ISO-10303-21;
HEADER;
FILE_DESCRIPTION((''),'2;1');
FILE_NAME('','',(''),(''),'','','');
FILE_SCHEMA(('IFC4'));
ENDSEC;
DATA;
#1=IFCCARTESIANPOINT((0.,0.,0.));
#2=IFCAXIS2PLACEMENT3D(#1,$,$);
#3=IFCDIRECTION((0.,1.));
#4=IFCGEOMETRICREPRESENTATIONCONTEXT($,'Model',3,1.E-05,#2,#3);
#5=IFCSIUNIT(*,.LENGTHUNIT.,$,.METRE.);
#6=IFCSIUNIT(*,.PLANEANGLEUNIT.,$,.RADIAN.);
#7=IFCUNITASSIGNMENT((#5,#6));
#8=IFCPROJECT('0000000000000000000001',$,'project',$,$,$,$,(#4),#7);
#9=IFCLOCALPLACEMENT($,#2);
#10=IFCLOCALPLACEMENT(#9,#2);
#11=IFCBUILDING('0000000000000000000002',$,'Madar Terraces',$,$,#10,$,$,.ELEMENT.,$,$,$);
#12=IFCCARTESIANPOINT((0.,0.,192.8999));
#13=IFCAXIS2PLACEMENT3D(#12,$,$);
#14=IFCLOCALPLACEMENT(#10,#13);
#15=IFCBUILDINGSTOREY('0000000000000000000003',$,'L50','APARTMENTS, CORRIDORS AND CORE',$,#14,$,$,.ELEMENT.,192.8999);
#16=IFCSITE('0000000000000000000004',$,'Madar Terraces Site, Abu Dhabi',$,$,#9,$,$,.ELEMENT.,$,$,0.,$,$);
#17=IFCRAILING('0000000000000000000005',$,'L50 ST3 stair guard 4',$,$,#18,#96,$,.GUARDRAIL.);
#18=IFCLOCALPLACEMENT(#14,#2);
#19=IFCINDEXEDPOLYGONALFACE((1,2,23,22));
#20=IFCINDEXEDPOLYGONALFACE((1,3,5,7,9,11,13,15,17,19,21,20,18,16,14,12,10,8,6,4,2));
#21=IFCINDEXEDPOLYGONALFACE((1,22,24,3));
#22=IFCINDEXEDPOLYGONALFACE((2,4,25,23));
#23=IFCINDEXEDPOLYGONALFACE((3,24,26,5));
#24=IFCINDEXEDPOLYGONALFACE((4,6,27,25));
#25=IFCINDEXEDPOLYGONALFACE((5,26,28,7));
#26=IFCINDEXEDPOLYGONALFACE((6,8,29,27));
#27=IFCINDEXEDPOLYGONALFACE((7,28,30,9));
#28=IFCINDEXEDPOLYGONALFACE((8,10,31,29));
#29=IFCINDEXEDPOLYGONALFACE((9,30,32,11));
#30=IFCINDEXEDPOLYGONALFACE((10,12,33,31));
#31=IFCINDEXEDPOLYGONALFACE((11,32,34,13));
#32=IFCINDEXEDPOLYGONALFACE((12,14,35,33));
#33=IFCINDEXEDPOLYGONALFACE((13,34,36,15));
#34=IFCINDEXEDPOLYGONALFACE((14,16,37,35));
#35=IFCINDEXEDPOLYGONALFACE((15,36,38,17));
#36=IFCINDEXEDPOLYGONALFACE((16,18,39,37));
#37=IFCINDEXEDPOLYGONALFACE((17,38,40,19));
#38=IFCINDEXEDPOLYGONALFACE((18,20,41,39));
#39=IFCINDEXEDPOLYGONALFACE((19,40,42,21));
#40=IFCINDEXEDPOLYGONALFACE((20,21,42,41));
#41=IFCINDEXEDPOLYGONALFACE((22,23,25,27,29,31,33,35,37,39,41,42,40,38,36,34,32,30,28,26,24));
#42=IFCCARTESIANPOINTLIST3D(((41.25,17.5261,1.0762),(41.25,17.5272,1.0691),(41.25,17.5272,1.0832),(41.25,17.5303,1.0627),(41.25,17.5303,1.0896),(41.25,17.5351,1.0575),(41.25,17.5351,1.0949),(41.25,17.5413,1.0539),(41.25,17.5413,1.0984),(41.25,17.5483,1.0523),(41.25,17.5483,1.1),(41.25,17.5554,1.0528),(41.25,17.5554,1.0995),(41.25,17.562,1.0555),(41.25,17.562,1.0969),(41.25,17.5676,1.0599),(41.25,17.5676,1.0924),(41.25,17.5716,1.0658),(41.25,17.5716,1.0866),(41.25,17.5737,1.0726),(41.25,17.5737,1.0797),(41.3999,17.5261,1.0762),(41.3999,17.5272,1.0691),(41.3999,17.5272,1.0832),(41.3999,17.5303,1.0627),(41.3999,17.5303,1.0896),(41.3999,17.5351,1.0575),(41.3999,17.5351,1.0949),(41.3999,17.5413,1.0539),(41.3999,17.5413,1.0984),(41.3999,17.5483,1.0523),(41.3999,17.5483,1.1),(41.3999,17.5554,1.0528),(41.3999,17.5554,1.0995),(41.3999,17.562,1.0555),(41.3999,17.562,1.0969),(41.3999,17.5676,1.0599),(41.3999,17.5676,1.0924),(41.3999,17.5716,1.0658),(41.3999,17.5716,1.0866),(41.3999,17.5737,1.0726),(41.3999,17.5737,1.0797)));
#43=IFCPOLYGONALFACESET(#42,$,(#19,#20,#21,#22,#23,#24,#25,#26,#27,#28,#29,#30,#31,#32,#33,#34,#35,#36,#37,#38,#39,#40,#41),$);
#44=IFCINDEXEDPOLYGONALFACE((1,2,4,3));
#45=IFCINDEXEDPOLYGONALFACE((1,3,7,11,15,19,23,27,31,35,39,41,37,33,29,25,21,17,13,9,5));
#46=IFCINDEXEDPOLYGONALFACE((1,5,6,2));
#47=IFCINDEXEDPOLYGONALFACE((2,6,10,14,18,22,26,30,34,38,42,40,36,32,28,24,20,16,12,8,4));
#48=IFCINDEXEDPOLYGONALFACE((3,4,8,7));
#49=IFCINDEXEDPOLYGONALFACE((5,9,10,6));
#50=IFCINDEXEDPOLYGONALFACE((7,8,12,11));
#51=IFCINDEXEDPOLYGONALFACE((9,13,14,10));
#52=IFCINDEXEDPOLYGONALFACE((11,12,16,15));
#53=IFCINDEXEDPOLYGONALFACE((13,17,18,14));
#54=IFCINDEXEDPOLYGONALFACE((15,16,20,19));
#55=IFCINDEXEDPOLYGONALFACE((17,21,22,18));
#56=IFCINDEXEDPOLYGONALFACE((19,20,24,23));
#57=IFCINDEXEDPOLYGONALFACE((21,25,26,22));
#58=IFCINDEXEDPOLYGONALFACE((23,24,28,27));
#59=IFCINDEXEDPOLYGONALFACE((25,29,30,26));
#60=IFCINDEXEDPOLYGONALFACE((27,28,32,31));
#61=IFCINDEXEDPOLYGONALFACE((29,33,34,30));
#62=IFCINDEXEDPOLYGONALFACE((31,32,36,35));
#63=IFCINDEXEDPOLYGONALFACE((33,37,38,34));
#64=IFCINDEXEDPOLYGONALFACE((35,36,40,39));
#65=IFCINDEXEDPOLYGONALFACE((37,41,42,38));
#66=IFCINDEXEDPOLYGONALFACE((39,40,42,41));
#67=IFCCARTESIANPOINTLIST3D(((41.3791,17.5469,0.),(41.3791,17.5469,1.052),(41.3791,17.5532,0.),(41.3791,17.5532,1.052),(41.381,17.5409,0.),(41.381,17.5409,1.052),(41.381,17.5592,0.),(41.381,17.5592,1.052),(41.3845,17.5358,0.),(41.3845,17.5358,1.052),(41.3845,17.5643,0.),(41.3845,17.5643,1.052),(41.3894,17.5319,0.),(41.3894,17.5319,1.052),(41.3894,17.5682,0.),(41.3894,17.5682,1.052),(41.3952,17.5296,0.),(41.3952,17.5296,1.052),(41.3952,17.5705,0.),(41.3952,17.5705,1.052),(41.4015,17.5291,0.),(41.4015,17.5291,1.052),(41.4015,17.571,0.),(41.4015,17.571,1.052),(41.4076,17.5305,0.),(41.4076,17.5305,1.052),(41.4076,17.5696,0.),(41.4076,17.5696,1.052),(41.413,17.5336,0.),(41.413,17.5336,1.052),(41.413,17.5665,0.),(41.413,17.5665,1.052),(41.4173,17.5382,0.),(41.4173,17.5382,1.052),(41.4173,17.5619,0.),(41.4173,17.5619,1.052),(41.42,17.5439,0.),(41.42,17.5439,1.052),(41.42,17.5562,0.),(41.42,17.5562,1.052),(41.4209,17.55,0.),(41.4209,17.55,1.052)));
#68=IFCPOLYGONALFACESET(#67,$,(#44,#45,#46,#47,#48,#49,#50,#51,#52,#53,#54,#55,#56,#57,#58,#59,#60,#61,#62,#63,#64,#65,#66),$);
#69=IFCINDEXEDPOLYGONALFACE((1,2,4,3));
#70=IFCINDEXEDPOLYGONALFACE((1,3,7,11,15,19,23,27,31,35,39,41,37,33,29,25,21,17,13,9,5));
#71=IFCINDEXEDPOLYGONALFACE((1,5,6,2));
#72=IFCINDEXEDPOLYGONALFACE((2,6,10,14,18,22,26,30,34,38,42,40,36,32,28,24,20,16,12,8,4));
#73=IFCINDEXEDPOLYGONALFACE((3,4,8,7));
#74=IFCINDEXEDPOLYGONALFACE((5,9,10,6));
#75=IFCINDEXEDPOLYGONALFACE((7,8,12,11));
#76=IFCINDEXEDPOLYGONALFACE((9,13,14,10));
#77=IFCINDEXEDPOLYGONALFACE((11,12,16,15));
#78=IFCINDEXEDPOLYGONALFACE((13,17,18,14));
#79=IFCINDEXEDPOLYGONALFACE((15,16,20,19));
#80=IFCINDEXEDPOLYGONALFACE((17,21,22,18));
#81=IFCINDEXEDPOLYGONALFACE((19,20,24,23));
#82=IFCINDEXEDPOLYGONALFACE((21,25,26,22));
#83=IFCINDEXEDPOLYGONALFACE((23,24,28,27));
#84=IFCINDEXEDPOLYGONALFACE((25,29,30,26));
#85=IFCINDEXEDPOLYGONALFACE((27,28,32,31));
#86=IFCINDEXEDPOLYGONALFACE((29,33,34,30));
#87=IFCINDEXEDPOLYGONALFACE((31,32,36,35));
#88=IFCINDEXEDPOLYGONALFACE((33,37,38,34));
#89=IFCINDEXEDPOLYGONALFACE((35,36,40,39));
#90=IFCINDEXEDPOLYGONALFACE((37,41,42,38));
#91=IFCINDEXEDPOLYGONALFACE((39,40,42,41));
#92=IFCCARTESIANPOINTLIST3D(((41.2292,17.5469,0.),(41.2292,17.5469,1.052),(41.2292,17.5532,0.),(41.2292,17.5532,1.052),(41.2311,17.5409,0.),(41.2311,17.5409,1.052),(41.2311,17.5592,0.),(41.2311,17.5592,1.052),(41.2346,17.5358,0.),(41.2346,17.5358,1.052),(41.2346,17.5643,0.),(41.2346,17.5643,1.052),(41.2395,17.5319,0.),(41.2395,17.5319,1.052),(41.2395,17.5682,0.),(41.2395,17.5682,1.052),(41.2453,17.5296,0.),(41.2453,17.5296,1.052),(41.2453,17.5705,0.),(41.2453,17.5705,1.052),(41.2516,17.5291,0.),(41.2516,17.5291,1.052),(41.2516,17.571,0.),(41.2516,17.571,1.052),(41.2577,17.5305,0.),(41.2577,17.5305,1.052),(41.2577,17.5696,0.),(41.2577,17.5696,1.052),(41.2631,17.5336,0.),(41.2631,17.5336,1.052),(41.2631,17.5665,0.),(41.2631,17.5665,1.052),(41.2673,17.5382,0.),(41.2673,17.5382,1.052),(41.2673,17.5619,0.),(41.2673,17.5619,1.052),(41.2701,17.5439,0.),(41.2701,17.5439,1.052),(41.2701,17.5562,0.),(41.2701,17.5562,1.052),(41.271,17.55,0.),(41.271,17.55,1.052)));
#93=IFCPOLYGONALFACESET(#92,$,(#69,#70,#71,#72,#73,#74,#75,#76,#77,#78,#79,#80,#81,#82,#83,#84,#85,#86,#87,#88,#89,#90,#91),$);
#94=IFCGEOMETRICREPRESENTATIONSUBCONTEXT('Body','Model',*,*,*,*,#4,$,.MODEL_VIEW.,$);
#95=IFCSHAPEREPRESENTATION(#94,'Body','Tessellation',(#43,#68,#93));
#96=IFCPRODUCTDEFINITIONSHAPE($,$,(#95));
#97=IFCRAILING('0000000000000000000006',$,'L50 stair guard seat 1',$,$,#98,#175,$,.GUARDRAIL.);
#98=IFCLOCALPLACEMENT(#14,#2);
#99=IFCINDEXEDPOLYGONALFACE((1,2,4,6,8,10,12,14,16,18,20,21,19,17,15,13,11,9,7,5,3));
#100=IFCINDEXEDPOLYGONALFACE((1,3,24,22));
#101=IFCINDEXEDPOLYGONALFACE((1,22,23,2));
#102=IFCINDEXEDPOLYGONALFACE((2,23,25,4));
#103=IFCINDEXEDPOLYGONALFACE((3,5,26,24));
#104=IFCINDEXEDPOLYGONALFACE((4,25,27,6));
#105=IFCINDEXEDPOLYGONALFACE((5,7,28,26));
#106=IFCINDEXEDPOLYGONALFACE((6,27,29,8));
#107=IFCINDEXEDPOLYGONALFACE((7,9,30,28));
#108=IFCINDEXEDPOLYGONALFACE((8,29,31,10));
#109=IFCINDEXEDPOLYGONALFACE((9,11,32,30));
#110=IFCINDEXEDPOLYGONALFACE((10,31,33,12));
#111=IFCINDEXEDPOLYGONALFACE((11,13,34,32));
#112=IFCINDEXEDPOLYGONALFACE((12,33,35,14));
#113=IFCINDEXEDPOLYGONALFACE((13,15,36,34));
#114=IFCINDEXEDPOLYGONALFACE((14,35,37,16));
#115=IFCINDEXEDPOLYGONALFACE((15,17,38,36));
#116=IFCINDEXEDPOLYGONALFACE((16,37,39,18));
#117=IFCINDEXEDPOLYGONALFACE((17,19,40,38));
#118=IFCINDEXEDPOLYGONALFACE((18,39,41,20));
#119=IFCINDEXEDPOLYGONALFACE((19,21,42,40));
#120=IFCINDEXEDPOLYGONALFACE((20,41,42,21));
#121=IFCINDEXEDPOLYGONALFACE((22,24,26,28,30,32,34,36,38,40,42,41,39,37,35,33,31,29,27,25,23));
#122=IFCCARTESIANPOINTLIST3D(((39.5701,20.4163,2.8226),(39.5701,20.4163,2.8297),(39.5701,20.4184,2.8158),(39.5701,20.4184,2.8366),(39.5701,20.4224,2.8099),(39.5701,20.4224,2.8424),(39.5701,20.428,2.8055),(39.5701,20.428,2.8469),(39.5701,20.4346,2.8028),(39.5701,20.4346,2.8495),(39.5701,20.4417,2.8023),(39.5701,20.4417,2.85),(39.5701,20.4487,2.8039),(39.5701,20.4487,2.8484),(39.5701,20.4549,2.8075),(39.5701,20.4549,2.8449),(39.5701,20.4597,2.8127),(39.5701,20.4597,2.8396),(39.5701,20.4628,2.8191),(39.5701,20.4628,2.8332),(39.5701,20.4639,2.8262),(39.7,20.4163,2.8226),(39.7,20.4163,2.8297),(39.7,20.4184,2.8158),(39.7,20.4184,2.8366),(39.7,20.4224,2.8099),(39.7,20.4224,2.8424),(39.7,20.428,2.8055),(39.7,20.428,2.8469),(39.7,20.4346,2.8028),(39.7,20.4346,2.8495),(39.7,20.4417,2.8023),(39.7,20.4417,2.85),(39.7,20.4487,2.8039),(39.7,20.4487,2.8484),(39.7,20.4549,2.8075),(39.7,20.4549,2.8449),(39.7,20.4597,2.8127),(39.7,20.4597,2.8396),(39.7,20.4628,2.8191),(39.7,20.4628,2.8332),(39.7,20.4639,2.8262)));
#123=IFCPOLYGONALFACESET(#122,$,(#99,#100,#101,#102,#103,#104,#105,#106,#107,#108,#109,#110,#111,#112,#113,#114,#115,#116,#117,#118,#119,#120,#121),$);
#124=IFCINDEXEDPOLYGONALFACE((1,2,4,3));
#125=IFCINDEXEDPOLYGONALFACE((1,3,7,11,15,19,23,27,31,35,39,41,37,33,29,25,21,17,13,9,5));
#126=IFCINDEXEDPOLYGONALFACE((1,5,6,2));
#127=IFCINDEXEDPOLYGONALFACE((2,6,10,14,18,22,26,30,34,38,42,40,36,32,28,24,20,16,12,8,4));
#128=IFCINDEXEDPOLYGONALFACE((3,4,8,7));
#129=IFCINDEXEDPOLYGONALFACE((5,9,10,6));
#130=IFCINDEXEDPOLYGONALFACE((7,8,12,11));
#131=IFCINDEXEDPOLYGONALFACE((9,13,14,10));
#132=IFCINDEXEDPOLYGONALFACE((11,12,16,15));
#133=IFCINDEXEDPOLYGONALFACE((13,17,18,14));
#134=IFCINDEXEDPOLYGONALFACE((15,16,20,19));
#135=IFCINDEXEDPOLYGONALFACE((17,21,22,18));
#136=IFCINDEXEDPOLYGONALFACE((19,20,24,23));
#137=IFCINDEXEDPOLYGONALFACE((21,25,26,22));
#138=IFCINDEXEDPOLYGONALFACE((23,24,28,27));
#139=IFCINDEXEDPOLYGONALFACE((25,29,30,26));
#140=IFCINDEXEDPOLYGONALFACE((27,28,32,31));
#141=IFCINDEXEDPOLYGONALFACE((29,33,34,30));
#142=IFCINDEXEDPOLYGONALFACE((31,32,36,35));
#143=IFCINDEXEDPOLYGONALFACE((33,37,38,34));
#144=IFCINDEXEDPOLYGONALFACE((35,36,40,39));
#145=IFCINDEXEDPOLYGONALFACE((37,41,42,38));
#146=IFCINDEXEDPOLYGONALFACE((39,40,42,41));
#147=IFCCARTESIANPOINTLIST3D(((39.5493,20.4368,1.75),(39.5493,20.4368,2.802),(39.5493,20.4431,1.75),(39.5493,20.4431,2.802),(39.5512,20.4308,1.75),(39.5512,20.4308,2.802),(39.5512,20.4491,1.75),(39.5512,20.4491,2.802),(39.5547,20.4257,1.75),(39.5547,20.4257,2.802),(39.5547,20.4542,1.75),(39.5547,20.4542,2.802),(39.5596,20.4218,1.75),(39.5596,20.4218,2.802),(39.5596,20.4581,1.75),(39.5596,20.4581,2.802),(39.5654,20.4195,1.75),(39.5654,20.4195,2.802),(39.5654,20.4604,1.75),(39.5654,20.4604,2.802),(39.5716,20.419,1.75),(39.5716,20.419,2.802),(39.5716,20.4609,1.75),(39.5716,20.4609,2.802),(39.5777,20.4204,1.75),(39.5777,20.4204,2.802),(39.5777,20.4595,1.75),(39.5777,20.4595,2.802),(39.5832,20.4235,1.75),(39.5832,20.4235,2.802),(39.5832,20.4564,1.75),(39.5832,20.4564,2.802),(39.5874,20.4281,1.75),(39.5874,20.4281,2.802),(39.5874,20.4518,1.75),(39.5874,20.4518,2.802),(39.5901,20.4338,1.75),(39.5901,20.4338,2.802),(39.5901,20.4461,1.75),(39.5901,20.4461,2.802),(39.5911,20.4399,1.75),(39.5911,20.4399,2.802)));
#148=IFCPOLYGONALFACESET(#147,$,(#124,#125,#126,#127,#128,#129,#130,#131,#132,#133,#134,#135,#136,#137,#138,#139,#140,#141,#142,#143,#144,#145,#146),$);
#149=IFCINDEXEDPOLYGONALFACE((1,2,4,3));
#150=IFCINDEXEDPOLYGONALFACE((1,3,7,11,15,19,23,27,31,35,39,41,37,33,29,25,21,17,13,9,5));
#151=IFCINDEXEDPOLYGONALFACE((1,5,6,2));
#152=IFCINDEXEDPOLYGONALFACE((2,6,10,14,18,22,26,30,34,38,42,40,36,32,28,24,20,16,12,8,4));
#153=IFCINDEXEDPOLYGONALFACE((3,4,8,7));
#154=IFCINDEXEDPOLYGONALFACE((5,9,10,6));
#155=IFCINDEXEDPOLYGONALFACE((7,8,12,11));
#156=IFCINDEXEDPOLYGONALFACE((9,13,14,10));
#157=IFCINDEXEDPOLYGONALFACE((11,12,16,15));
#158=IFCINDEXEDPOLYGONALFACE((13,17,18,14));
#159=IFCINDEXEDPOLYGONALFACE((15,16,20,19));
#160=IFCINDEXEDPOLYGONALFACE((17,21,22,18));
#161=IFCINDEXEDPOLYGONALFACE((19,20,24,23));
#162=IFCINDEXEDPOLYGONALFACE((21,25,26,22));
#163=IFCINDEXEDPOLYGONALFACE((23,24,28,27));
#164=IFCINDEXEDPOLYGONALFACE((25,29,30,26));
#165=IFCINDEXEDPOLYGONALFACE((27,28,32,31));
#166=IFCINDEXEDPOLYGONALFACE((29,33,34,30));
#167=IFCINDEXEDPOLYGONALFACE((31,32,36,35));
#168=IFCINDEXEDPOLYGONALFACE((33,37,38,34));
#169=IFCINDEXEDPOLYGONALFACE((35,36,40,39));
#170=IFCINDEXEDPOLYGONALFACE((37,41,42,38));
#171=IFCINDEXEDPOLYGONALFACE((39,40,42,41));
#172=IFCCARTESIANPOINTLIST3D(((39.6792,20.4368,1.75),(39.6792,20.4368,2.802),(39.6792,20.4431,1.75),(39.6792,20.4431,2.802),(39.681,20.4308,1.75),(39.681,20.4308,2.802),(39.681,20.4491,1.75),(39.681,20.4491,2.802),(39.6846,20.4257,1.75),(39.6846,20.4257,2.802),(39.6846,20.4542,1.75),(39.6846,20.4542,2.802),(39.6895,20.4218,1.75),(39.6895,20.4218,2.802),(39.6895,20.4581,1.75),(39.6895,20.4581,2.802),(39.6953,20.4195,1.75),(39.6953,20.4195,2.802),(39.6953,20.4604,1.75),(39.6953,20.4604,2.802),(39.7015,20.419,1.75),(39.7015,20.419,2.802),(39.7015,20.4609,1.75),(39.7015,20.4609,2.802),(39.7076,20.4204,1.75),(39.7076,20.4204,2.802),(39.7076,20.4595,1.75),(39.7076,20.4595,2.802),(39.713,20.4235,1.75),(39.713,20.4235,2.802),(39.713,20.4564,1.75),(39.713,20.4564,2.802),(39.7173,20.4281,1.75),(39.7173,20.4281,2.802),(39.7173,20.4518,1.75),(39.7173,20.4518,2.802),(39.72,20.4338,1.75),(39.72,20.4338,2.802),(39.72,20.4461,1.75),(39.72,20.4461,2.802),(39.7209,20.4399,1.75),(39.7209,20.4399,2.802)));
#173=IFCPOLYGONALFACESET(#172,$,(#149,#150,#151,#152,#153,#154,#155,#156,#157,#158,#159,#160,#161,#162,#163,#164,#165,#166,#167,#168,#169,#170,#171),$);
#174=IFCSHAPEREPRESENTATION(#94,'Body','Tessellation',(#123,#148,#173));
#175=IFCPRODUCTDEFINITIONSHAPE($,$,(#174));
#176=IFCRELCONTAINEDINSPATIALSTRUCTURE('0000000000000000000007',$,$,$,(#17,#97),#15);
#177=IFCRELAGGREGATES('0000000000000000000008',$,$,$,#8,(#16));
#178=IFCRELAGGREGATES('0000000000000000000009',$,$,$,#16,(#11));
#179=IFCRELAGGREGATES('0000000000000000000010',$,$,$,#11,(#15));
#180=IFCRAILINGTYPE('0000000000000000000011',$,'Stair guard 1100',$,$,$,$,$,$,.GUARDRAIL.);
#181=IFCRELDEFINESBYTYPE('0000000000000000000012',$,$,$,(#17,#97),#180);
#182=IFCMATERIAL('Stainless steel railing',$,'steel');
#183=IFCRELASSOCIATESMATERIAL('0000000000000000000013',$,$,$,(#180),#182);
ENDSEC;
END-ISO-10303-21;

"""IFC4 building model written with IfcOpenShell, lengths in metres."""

from ifc_helpers import new_model, si_unit, direction, frame, origin, origin_2d, place, context, subcontext, project, spatial, circle, extrude, material, type_object, element, save


model = new_model("IFC4")

# Units and contexts
model_context = context("Model", 3, precision=1e-05, world=origin(), true_north=direction((0.0, 1.0)))
body_context = subcontext(model_context, "Body", "Model", "MODEL_VIEW")
ifc_project = project(units=[si_unit("LENGTHUNIT", "METRE"), si_unit("PLANEANGLEUNIT", "RADIAN")], contexts=[model_context])

# Site, building, storey
site_placement = place(None, origin())
site = spatial("IfcSite", under=ifc_project, at=site_placement, Name="Madar Terraces Site, Abu Dhabi", CompositionType="ELEMENT", RefElevation=0.0)
building_placement = place(site_placement, origin())
building = spatial("IfcBuilding", under=site, at=building_placement, Name="Madar Terraces", CompositionType="ELEMENT")
storey_placement = place(building_placement, frame((0.0, 0.0, 192.8999)))
storey = spatial("IfcBuildingStorey", under=building, at=storey_placement, Name="L50", Description="APARTMENTS, CORRIDORS AND CORE", CompositionType="ELEMENT", Elevation=192.8999)

# Railings
ifc_material_1 = material(Name="Stainless steel railing", Category="steel")
railing_type_1 = type_object("IfcRailingType", Name="Stair guard 1100", PredefinedType="GUARDRAIL", material=ifc_material_1)
railing_1_placement = place(storey_placement, frame((41.3999, 17.55, 0.0)))
element("IfcRailing", 1, at=railing_1_placement, inside=storey, type_object=railing_type_1, Name="L50 ST3 stair guard 4", PredefinedType="GUARDRAIL", context=body_context, shape_type="SweptSolid", body=[
    extrude(circle(Radius=0.0239, at=origin_2d()), frame((0.0, 0.0, 1.0762), z_axis=(-1.0, 0.0, 0.0), x_axis=(0.0, -1.0, 0.0)), (0.0, 0.0, 1.0), 0.1499),
    extrude(circle(Radius=0.021, at=origin_2d()), origin(), (0.0, 0.0, 1.0), 1.052),
    extrude(circle(Radius=0.021, at=origin_2d()), frame((-0.1499, 0.0, 0.0)), (0.0, 0.0, 1.0), 1.052),
])
railing_2_placement = place(storey_placement, frame((39.5701, 20.4399, 1.75)))
element("IfcRailing", 2, at=railing_2_placement, inside=storey, type_object=railing_type_1, Name="L50 stair guard seat 1", PredefinedType="GUARDRAIL", context=body_context, shape_type="SweptSolid", body=[
    extrude(circle(Radius=0.0239, at=origin_2d()), frame((0.0, 0.0, 1.0762), z_axis=(1.0, 0.0, 0.0), x_axis=(0.0, 1.0, 0.0)), (0.0, 0.0, 1.0), 0.1299),
    extrude(circle(Radius=0.021, at=origin_2d()), origin(), (0.0, 0.0, 1.0), 1.052),
    extrude(circle(Radius=0.021, at=origin_2d()), frame((0.1299, 0.0, 0.0)), (0.0, 0.0, 1.0), 1.052),
])

save(model, "model.ifc")
